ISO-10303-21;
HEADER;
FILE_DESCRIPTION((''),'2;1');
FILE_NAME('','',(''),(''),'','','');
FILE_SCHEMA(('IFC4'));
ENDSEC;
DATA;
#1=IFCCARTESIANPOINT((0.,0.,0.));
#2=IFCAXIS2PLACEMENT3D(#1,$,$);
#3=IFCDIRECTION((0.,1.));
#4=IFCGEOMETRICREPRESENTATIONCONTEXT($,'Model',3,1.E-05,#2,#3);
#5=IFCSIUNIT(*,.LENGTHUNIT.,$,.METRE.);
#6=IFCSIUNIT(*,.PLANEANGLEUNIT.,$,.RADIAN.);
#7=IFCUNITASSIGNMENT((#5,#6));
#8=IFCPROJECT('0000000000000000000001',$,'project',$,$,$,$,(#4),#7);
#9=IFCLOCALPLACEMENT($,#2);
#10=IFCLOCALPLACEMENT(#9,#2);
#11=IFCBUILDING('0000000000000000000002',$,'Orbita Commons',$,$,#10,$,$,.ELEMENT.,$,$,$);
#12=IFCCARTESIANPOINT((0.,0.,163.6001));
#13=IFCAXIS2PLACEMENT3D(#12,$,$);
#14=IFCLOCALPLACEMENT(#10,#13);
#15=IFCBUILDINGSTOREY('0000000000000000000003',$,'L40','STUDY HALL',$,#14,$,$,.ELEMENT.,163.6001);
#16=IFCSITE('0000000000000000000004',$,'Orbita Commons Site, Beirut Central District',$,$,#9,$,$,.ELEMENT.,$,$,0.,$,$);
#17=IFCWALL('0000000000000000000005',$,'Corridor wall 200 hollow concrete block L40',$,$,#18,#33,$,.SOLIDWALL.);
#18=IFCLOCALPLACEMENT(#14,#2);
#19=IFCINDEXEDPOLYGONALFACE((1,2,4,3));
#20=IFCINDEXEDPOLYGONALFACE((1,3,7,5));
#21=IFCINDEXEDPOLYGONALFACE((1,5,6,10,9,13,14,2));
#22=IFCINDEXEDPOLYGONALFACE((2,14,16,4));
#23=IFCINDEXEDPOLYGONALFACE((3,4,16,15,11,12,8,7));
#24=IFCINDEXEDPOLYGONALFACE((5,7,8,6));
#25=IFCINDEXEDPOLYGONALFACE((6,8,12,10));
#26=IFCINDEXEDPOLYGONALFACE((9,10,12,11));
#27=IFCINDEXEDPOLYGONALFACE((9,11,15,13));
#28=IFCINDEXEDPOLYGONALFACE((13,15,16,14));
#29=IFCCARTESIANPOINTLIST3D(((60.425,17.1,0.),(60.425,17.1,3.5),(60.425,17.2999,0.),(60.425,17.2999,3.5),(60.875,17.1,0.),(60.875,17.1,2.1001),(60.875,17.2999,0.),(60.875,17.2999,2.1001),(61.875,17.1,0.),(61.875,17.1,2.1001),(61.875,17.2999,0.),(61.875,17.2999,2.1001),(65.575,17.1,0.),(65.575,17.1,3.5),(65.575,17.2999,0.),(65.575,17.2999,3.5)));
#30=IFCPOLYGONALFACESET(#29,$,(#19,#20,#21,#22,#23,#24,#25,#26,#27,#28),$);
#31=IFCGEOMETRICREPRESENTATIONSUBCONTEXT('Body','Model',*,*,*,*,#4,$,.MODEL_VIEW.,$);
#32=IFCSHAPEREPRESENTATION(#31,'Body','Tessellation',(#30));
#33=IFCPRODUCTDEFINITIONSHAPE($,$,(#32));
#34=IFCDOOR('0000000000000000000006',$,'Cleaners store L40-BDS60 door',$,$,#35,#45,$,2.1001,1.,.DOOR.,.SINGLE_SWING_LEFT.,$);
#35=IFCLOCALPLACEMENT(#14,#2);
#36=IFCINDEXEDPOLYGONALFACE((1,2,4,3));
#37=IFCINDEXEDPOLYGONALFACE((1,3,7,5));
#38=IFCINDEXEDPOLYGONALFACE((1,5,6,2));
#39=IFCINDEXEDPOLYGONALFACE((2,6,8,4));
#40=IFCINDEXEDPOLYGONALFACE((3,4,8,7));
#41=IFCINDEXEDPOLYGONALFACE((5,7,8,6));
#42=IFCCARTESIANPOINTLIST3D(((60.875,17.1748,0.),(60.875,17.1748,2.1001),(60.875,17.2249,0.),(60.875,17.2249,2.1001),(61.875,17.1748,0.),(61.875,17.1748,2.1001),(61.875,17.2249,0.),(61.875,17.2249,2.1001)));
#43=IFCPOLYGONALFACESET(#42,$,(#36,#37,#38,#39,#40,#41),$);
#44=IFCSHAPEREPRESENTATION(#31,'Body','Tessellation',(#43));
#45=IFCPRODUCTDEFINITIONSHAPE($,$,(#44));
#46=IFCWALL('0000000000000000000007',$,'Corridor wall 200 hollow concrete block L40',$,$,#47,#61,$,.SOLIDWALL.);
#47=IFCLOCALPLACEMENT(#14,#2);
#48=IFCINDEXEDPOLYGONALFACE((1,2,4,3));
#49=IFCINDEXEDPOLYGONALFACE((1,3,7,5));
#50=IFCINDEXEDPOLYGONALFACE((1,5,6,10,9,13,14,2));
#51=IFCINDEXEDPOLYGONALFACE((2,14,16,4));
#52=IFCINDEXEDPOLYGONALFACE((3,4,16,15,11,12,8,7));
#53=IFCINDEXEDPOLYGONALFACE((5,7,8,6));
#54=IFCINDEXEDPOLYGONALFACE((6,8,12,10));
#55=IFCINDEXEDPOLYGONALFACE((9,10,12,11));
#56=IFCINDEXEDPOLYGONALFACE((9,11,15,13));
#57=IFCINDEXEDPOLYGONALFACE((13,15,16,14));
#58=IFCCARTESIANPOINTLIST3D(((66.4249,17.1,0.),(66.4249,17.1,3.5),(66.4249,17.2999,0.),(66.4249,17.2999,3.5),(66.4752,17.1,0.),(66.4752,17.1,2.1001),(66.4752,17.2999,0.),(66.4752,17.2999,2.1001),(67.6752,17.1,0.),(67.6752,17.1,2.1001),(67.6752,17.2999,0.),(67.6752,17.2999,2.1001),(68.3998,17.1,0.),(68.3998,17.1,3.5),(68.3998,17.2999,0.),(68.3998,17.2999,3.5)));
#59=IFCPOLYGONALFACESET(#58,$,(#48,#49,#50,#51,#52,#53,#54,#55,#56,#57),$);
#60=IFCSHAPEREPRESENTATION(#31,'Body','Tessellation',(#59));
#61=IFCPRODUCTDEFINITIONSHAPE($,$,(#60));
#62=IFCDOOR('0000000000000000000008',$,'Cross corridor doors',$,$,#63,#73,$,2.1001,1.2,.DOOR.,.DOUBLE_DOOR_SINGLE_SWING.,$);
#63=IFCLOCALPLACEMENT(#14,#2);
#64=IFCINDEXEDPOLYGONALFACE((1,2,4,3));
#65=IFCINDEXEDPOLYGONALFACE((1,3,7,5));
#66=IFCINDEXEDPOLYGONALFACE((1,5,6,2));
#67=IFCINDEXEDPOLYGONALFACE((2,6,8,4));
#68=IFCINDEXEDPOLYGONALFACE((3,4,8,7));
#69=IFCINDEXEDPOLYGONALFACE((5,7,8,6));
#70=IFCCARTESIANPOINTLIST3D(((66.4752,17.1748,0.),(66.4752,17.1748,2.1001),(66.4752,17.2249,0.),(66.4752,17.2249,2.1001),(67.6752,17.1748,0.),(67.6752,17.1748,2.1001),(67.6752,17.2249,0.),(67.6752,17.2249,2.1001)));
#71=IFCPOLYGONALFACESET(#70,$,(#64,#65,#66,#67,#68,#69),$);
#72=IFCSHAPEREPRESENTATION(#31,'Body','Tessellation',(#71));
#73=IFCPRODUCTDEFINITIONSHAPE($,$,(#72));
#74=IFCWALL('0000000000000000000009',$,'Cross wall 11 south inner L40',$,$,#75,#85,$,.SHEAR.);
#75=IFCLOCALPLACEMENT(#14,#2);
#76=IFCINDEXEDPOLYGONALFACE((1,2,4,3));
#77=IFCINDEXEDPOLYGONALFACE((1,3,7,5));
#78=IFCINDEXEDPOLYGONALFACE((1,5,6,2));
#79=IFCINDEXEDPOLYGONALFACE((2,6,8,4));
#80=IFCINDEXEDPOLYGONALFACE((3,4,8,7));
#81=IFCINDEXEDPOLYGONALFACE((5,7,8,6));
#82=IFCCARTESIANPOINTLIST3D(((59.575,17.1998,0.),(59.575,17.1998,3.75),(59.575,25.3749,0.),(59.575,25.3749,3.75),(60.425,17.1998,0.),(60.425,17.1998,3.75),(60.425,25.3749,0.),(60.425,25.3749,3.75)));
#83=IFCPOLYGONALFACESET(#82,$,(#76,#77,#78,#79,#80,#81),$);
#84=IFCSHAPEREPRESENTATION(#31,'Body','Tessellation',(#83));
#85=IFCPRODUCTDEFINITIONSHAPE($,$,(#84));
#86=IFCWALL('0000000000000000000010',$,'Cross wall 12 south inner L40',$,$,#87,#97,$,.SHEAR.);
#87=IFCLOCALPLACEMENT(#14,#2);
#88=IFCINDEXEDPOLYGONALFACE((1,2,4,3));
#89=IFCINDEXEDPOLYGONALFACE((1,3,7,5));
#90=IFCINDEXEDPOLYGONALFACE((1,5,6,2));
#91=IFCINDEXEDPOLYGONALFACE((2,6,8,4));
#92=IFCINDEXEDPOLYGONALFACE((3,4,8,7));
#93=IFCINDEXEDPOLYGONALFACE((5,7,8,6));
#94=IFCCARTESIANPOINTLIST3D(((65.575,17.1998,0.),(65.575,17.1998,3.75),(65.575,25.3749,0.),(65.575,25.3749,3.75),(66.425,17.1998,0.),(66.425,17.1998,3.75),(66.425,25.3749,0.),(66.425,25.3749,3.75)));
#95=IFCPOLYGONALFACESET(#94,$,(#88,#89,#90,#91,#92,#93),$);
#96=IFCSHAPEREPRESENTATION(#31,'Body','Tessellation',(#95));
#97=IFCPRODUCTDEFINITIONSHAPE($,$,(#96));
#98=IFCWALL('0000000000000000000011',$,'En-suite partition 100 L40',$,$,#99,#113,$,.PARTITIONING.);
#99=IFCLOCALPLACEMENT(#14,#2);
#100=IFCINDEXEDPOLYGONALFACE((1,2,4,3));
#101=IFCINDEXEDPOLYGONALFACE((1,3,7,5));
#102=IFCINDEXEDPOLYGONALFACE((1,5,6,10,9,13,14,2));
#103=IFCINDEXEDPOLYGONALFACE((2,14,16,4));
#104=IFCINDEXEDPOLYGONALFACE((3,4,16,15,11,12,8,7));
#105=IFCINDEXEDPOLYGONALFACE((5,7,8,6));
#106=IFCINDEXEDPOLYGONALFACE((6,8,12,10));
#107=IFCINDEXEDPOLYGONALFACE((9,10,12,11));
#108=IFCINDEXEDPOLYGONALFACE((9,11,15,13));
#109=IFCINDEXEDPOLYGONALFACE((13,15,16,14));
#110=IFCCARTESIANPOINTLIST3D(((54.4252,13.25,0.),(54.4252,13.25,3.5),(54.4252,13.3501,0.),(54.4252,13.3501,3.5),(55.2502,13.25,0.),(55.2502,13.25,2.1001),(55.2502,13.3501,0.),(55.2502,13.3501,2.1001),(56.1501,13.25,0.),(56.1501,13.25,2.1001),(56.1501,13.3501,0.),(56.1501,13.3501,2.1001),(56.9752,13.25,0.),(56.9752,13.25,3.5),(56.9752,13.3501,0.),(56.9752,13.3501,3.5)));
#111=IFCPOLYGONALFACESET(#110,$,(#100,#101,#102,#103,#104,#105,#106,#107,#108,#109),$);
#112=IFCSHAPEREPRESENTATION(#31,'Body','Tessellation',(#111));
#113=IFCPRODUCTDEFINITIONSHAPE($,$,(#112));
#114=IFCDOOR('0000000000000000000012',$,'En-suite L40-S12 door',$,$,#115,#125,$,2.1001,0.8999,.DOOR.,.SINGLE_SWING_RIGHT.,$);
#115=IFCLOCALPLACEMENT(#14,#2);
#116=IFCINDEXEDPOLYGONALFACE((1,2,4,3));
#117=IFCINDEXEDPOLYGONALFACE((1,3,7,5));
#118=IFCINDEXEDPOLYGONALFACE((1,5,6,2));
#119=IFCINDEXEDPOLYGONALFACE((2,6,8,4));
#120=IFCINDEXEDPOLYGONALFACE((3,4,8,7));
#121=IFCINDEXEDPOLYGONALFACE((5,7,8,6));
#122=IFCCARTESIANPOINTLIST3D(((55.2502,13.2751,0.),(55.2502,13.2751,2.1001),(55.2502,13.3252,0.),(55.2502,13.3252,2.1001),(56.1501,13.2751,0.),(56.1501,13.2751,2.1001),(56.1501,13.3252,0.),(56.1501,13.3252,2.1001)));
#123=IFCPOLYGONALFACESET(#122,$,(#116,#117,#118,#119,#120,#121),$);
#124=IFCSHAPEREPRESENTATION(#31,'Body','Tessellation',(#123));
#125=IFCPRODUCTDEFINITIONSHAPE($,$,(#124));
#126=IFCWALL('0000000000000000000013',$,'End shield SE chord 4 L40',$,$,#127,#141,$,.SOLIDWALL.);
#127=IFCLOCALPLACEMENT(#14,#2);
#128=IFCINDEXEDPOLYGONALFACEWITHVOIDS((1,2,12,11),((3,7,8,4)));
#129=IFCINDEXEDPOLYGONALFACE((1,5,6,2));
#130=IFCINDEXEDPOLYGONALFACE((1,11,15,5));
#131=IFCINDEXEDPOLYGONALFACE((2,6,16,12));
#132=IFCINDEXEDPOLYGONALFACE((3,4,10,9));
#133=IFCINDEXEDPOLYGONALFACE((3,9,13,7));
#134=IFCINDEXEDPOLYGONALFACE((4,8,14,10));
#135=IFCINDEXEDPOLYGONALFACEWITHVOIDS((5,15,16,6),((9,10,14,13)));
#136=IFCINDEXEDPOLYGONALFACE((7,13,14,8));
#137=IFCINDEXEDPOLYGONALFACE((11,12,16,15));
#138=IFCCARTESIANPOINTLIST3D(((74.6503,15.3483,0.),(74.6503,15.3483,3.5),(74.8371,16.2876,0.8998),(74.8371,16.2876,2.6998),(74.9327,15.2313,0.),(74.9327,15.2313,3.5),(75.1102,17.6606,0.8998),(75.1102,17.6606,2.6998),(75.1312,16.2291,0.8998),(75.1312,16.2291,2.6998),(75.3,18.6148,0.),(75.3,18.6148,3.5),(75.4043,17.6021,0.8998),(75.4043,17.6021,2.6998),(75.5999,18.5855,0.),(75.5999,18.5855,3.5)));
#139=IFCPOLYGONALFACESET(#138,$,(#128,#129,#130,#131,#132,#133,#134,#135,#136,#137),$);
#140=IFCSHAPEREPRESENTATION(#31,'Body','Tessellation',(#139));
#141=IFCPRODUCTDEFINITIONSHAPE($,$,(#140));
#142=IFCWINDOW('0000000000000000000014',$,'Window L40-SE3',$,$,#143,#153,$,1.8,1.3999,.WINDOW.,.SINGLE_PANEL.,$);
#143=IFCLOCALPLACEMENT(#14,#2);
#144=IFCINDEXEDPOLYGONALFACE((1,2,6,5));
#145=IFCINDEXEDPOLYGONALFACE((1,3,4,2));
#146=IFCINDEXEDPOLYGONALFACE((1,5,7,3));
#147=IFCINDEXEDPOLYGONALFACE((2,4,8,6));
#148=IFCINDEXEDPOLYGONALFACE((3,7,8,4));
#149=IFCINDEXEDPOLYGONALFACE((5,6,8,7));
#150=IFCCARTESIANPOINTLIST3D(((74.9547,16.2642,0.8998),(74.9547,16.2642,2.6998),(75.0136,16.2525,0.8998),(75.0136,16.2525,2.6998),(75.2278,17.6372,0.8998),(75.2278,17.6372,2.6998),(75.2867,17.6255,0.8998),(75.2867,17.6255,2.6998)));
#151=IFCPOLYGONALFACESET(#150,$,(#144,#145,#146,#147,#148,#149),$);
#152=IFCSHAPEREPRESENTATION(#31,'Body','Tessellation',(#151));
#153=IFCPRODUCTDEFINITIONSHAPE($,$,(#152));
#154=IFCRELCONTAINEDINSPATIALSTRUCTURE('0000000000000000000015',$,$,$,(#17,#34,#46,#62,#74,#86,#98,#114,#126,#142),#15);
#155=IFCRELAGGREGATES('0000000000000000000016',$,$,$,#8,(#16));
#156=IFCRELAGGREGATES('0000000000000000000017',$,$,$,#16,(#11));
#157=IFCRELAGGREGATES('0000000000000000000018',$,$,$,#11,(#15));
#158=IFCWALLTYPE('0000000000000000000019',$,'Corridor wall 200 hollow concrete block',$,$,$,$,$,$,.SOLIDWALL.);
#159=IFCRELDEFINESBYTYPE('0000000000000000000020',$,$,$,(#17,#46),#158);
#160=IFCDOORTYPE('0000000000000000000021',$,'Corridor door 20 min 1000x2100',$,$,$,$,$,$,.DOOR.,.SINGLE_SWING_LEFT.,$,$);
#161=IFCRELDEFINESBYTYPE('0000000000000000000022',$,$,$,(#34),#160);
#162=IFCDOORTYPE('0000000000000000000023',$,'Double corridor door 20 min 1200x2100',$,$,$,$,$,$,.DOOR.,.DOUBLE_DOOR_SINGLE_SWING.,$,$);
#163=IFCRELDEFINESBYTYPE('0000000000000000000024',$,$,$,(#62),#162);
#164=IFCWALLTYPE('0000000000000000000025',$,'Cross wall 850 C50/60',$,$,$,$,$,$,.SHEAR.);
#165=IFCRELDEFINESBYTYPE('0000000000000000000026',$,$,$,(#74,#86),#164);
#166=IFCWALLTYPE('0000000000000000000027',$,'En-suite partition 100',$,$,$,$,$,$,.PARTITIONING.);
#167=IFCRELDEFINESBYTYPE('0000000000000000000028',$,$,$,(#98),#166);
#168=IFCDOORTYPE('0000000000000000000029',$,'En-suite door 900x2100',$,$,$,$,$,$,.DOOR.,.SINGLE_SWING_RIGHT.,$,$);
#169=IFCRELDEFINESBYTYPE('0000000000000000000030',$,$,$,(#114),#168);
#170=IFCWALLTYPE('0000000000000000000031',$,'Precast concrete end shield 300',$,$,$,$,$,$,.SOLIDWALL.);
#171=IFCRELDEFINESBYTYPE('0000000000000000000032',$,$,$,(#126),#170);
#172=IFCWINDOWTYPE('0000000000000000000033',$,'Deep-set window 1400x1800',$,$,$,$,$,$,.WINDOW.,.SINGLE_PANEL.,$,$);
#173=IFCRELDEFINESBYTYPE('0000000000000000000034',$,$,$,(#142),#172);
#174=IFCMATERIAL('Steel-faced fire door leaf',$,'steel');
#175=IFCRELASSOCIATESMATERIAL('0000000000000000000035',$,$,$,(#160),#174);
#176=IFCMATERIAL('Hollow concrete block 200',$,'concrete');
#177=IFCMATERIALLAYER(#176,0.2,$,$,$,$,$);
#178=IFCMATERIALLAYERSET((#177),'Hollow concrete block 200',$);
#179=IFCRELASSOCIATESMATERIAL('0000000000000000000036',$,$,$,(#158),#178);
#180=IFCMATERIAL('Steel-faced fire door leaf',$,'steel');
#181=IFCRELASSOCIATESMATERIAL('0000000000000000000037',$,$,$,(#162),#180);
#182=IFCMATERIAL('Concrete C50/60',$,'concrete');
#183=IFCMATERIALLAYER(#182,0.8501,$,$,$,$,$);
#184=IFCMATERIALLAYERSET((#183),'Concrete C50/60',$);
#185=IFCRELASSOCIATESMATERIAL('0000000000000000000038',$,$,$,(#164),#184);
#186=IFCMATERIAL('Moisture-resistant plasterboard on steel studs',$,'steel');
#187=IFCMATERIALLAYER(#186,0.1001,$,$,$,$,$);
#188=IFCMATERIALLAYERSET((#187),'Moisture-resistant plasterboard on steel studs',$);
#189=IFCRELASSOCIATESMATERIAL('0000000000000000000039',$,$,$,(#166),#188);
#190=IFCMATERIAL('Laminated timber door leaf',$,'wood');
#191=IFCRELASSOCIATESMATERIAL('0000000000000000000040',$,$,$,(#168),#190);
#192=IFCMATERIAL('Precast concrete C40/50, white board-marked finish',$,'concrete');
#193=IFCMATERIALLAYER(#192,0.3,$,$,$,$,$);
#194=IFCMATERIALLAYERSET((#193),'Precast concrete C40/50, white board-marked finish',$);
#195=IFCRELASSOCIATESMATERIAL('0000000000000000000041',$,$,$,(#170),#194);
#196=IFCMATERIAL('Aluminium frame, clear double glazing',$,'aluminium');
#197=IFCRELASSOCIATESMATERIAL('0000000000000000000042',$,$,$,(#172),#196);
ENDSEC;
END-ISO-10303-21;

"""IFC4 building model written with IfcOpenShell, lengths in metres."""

from ifc_helpers import new_model, si_unit, direction, frame, frame_2d, origin, place, context, subcontext, project, spatial, polyline, rectangle, outline, extrude, material, layer, layer_set, type_object, element, fill, save


model = new_model("IFC4")

# Units and contexts
model_context = context("Model", 3, precision=1e-05, world=origin(), true_north=direction((0.0, 1.0)))
body_context = subcontext(model_context, "Body", "Model", "MODEL_VIEW")
ifc_project = project(units=[si_unit("LENGTHUNIT", "METRE"), si_unit("PLANEANGLEUNIT", "RADIAN")], contexts=[model_context])

# Site, building, storey
site_placement = place(None, origin())
site = spatial("IfcSite", under=ifc_project, at=site_placement, Name="Orbita Commons Site, Beirut Central District", CompositionType="ELEMENT", RefElevation=0.0)
building_placement = place(site_placement, origin())
building = spatial("IfcBuilding", under=site, at=building_placement, Name="Orbita Commons", CompositionType="ELEMENT")
storey_placement = place(building_placement, frame((0.0, 0.0, 163.6001)))
storey = spatial("IfcBuildingStorey", under=building, at=storey_placement, Name="L40", Description="STUDY HALL", CompositionType="ELEMENT", Elevation=163.6001)

# Walls, openings, doors
ifc_material_1 = material(Name="Steel-faced fire door leaf", Category="steel")
door_type_1 = type_object("IfcDoorType", Name="Corridor door 20 min 1000x2100", OperationType="SINGLE_SWING_LEFT", PredefinedType="DOOR", material=ifc_material_1)
ifc_material_2 = material(Name="Hollow concrete block 200", Category="concrete")
ifc_layer_1 = layer(ifc_material_2, 0.2)
ifc_layer_set_1 = layer_set([ifc_layer_1], Name="Hollow concrete block 200")
wall_type_1 = type_object("IfcWallType", Name="Corridor wall 200 hollow concrete block", PredefinedType="SOLIDWALL", material=ifc_layer_set_1)
wall_1_placement = place(storey_placement, frame((60.425, 17.2, 0.0), z_axis=(0.0, 0.0, 1.0), x_axis=(1.0, 0.0, 0.0)))
wall_1 = element("IfcWall", 1, at=wall_1_placement, inside=storey, type_object=wall_type_1, Name="Corridor wall 200 hollow concrete block L40", PredefinedType="SOLIDWALL", context=body_context, shape_type="SweptSolid", body=[
    extrude(rectangle(XDim=5.1499, YDim=0.2, at=frame_2d((2.575, 0.0))), origin(), (0.0, 0.0, 1.0), 3.5),
])
opening_1_placement = place(wall_1_placement, frame((0.45, 0.0, 0.0)))
opening_1 = element("IfcOpeningElement", 2, at=opening_1_placement, cuts=wall_1, PredefinedType="OPENING", context=body_context, shape_type="SweptSolid", body=[
    extrude(rectangle(XDim=1.0, YDim=2.1001, at=frame_2d((0.5, 1.05))), frame((0.0, 0.1099, 0.0), z_axis=(0.0, -1.0, 0.0), x_axis=(1.0, 0.0, 0.0)), (0.0, 0.0, 1.0), 0.22),
])
door_1_placement = place(opening_1_placement, origin())
door_1 = element("IfcDoor", 3, at=door_1_placement, inside=storey, type_object=door_type_1, Name="Cleaners store L40-BDS60 door", OperationType="SINGLE_SWING_LEFT", OverallHeight=2.1001, OverallWidth=1.0, PredefinedType="DOOR", context=body_context, shape_type="SweptSolid", body=[
    extrude(rectangle(XDim=1.0, YDim=2.1001, at=frame_2d((0.5, 1.05))), frame((0.0, 0.0249, 0.0), z_axis=(0.0, -1.0, 0.0), x_axis=(1.0, 0.0, 0.0)), (0.0, 0.0, 1.0), 0.05),
])
fill(opening_1, door_1)
wall_2_placement = place(storey_placement, frame((66.425, 17.2, 0.0), z_axis=(0.0, 0.0, 1.0), x_axis=(1.0, 0.0, 0.0)))
wall_2 = element("IfcWall", 4, at=wall_2_placement, inside=storey, type_object=wall_type_1, Name="Corridor wall 200 hollow concrete block L40", PredefinedType="SOLIDWALL", context=body_context, shape_type="SweptSolid", body=[
    extrude(rectangle(XDim=1.9749, YDim=0.2, at=frame_2d((0.9873, 0.0))), origin(), (0.0, 0.0, 1.0), 3.5),
])
opening_2_placement = place(wall_2_placement, frame((0.05, 0.0, 0.0)))
opening_2 = element("IfcOpeningElement", 5, at=opening_2_placement, cuts=wall_2, PredefinedType="OPENING", context=body_context, shape_type="SweptSolid", body=[
    extrude(rectangle(XDim=1.2, YDim=2.1001, at=frame_2d((0.6001, 1.05))), frame((0.0, 0.1099, 0.0), z_axis=(0.0, -1.0, 0.0), x_axis=(1.0, 0.0, 0.0)), (0.0, 0.0, 1.0), 0.22),
])
ifc_material_3 = material(Name="Steel-faced fire door leaf", Category="steel")
door_type_2 = type_object("IfcDoorType", Name="Double corridor door 20 min 1200x2100", OperationType="DOUBLE_DOOR_SINGLE_SWING", PredefinedType="DOOR", material=ifc_material_3)
door_2_placement = place(opening_2_placement, origin())
door_2 = element("IfcDoor", 6, at=door_2_placement, inside=storey, type_object=door_type_2, Name="Cross corridor doors", OperationType="DOUBLE_DOOR_SINGLE_SWING", OverallHeight=2.1001, OverallWidth=1.2, PredefinedType="DOOR", context=body_context, shape_type="SweptSolid", body=[
    extrude(rectangle(XDim=1.2, YDim=2.1001, at=frame_2d((0.6001, 1.05))), frame((0.0, 0.0249, 0.0), z_axis=(0.0, -1.0, 0.0), x_axis=(1.0, 0.0, 0.0)), (0.0, 0.0, 1.0), 0.05),
])
fill(opening_2, door_2)

# Walls
ifc_material_4 = material(Name="Concrete C50/60", Category="concrete")
ifc_layer_2 = layer(ifc_material_4, 0.8501)
ifc_layer_set_2 = layer_set([ifc_layer_2], Name="Concrete C50/60")
wall_type_2 = type_object("IfcWallType", Name="Cross wall 850 C50/60", PredefinedType="SHEAR", material=ifc_layer_set_2)
for number, where, z_axis, x_axis, name in (
    (7, (60.0, 17.2, 0.0), (0.0, 0.0, 1.0), (0.0, 1.0, 0.0), "Cross wall 11 south inner L40"),
    (8, (66.0, 17.2, 0.0), (0.0, 0.0, 1.0), (0.0, 1.0, 0.0), "Cross wall 12 south inner L40"),
):
    element("IfcWall", number, at=place(storey_placement, frame(where, z_axis=z_axis, x_axis=x_axis)), inside=storey, type_object=wall_type_2, Name=name, PredefinedType="SHEAR", context=body_context, shape_type="SweptSolid", body=[
        extrude(rectangle(XDim=8.175, YDim=0.8501, at=frame_2d((4.0874, 0.0))), origin(), (0.0, 0.0, 1.0), 3.75),
    ])

# Wall, opening, door
ifc_material_5 = material(Name="Moisture-resistant plasterboard on steel studs", Category="steel")
ifc_layer_3 = layer(ifc_material_5, 0.1001)
ifc_layer_set_3 = layer_set([ifc_layer_3], Name="Moisture-resistant plasterboard on steel studs")
wall_type_3 = type_object("IfcWallType", Name="En-suite partition 100", PredefinedType="PARTITIONING", material=ifc_layer_set_3)
wall_3_placement = place(storey_placement, frame((56.9751, 13.3, 0.0), z_axis=(0.0, 0.0, 1.0), x_axis=(-1.0, 0.0, 0.0)))
wall_3 = element("IfcWall", 9, at=wall_3_placement, inside=storey, type_object=wall_type_3, Name="En-suite partition 100 L40", PredefinedType="PARTITIONING", context=body_context, shape_type="SweptSolid", body=[
    extrude(rectangle(XDim=2.55, YDim=0.1001, at=frame_2d((1.2749, 0.0))), origin(), (0.0, 0.0, 1.0), 3.5),
])
opening_3_placement = place(wall_3_placement, frame((0.825, 0.0, 0.0)))
opening_3 = element("IfcOpeningElement", 10, at=opening_3_placement, cuts=wall_3, PredefinedType="OPENING", context=body_context, shape_type="SweptSolid", body=[
    extrude(rectangle(XDim=0.8999, YDim=2.1001, at=frame_2d((0.45, 1.05))), frame((0.0, 0.0601, 0.0), z_axis=(0.0, -1.0, 0.0), x_axis=(1.0, 0.0, 0.0)), (0.0, 0.0, 1.0), 0.1201),
])
ifc_material_6 = material(Name="Laminated timber door leaf", Category="wood")
door_type_3 = type_object("IfcDoorType", Name="En-suite door 900x2100", OperationType="SINGLE_SWING_RIGHT", PredefinedType="DOOR", material=ifc_material_6)
door_3_placement = place(opening_3_placement, origin())
door_3 = element("IfcDoor", 11, at=door_3_placement, inside=storey, type_object=door_type_3, Name="En-suite L40-S12 door", OperationType="SINGLE_SWING_RIGHT", OverallHeight=2.1001, OverallWidth=0.8999, PredefinedType="DOOR", context=body_context, shape_type="SweptSolid", body=[
    extrude(rectangle(XDim=0.8999, YDim=2.1001, at=frame_2d((0.45, 1.05))), frame((0.0, 0.0249, 0.0), z_axis=(0.0, -1.0, 0.0), x_axis=(1.0, 0.0, 0.0)), (0.0, 0.0, 1.0), 0.05),
])
fill(opening_3, door_3)

# Wall, opening, window
ifc_material_7 = material(Name="Precast concrete C40/50, white board-marked finish", Category="concrete")
ifc_layer_4 = layer(ifc_material_7, 0.3)
ifc_layer_set_4 = layer_set([ifc_layer_4], Name="Precast concrete C40/50, white board-marked finish")
wall_type_4 = type_object("IfcWallType", Name="Precast concrete end shield 300", PredefinedType="SOLIDWALL", material=ifc_layer_set_4)
wall_4_placement = place(storey_placement, frame((74.7915, 15.2898, 0.0), z_axis=(0.0, 0.0, 1.0), x_axis=(0.195087, 0.980786, 0.0)))
wall_4 = element("IfcWall", 12, at=wall_4_placement, inside=storey, type_object=wall_type_4, Name="End shield SE chord 4 L40", PredefinedType="SOLIDWALL", context=body_context, shape_type="SweptSolid", body=[
    extrude(outline(polyline([(-0.0298, -0.1499), (3.3901, -0.1499), (3.3604, 0.1499), (0.0298, 0.1499), (-0.0298, -0.1499)])), origin(), (0.0, 0.0, 1.0), 3.5),
])
opening_4_placement = place(wall_4_placement, frame((0.9875, 0.0, 0.8999)))
opening_4 = element("IfcOpeningElement", 13, at=opening_4_placement, cuts=wall_4, PredefinedType="OPENING", context=body_context, shape_type="SweptSolid", body=[
    extrude(rectangle(XDim=1.3999, YDim=1.8, at=frame_2d((0.7, 0.8999))), frame((0.0, 0.1599, 0.0), z_axis=(0.0, -1.0, 0.0), x_axis=(1.0, 0.0, 0.0)), (0.0, 0.0, 1.0), 0.3201),
])
ifc_material_8 = material(Name="Aluminium frame, clear double glazing", Category="aluminium")
window_type = type_object("IfcWindowType", Name="Deep-set window 1400x1800", PartitioningType="SINGLE_PANEL", PredefinedType="WINDOW", material=ifc_material_8)
window_placement = place(opening_4_placement, origin())
window = element("IfcWindow", 14, at=window_placement, inside=storey, type_object=window_type, Name="Window L40-SE3", OverallHeight=1.8, OverallWidth=1.3999, PartitioningType="SINGLE_PANEL", PredefinedType="WINDOW", context=body_context, shape_type="SweptSolid", body=[
    extrude(rectangle(XDim=1.3999, YDim=1.8, at=frame_2d((0.7, 0.8999))), frame((0.0, 0.03, 0.0), z_axis=(0.0, -1.0, 0.0), x_axis=(1.0, 0.0, 0.0)), (0.0, 0.0, 1.0), 0.0601),
])
fill(opening_4, window)

save(model, "model.ifc")
